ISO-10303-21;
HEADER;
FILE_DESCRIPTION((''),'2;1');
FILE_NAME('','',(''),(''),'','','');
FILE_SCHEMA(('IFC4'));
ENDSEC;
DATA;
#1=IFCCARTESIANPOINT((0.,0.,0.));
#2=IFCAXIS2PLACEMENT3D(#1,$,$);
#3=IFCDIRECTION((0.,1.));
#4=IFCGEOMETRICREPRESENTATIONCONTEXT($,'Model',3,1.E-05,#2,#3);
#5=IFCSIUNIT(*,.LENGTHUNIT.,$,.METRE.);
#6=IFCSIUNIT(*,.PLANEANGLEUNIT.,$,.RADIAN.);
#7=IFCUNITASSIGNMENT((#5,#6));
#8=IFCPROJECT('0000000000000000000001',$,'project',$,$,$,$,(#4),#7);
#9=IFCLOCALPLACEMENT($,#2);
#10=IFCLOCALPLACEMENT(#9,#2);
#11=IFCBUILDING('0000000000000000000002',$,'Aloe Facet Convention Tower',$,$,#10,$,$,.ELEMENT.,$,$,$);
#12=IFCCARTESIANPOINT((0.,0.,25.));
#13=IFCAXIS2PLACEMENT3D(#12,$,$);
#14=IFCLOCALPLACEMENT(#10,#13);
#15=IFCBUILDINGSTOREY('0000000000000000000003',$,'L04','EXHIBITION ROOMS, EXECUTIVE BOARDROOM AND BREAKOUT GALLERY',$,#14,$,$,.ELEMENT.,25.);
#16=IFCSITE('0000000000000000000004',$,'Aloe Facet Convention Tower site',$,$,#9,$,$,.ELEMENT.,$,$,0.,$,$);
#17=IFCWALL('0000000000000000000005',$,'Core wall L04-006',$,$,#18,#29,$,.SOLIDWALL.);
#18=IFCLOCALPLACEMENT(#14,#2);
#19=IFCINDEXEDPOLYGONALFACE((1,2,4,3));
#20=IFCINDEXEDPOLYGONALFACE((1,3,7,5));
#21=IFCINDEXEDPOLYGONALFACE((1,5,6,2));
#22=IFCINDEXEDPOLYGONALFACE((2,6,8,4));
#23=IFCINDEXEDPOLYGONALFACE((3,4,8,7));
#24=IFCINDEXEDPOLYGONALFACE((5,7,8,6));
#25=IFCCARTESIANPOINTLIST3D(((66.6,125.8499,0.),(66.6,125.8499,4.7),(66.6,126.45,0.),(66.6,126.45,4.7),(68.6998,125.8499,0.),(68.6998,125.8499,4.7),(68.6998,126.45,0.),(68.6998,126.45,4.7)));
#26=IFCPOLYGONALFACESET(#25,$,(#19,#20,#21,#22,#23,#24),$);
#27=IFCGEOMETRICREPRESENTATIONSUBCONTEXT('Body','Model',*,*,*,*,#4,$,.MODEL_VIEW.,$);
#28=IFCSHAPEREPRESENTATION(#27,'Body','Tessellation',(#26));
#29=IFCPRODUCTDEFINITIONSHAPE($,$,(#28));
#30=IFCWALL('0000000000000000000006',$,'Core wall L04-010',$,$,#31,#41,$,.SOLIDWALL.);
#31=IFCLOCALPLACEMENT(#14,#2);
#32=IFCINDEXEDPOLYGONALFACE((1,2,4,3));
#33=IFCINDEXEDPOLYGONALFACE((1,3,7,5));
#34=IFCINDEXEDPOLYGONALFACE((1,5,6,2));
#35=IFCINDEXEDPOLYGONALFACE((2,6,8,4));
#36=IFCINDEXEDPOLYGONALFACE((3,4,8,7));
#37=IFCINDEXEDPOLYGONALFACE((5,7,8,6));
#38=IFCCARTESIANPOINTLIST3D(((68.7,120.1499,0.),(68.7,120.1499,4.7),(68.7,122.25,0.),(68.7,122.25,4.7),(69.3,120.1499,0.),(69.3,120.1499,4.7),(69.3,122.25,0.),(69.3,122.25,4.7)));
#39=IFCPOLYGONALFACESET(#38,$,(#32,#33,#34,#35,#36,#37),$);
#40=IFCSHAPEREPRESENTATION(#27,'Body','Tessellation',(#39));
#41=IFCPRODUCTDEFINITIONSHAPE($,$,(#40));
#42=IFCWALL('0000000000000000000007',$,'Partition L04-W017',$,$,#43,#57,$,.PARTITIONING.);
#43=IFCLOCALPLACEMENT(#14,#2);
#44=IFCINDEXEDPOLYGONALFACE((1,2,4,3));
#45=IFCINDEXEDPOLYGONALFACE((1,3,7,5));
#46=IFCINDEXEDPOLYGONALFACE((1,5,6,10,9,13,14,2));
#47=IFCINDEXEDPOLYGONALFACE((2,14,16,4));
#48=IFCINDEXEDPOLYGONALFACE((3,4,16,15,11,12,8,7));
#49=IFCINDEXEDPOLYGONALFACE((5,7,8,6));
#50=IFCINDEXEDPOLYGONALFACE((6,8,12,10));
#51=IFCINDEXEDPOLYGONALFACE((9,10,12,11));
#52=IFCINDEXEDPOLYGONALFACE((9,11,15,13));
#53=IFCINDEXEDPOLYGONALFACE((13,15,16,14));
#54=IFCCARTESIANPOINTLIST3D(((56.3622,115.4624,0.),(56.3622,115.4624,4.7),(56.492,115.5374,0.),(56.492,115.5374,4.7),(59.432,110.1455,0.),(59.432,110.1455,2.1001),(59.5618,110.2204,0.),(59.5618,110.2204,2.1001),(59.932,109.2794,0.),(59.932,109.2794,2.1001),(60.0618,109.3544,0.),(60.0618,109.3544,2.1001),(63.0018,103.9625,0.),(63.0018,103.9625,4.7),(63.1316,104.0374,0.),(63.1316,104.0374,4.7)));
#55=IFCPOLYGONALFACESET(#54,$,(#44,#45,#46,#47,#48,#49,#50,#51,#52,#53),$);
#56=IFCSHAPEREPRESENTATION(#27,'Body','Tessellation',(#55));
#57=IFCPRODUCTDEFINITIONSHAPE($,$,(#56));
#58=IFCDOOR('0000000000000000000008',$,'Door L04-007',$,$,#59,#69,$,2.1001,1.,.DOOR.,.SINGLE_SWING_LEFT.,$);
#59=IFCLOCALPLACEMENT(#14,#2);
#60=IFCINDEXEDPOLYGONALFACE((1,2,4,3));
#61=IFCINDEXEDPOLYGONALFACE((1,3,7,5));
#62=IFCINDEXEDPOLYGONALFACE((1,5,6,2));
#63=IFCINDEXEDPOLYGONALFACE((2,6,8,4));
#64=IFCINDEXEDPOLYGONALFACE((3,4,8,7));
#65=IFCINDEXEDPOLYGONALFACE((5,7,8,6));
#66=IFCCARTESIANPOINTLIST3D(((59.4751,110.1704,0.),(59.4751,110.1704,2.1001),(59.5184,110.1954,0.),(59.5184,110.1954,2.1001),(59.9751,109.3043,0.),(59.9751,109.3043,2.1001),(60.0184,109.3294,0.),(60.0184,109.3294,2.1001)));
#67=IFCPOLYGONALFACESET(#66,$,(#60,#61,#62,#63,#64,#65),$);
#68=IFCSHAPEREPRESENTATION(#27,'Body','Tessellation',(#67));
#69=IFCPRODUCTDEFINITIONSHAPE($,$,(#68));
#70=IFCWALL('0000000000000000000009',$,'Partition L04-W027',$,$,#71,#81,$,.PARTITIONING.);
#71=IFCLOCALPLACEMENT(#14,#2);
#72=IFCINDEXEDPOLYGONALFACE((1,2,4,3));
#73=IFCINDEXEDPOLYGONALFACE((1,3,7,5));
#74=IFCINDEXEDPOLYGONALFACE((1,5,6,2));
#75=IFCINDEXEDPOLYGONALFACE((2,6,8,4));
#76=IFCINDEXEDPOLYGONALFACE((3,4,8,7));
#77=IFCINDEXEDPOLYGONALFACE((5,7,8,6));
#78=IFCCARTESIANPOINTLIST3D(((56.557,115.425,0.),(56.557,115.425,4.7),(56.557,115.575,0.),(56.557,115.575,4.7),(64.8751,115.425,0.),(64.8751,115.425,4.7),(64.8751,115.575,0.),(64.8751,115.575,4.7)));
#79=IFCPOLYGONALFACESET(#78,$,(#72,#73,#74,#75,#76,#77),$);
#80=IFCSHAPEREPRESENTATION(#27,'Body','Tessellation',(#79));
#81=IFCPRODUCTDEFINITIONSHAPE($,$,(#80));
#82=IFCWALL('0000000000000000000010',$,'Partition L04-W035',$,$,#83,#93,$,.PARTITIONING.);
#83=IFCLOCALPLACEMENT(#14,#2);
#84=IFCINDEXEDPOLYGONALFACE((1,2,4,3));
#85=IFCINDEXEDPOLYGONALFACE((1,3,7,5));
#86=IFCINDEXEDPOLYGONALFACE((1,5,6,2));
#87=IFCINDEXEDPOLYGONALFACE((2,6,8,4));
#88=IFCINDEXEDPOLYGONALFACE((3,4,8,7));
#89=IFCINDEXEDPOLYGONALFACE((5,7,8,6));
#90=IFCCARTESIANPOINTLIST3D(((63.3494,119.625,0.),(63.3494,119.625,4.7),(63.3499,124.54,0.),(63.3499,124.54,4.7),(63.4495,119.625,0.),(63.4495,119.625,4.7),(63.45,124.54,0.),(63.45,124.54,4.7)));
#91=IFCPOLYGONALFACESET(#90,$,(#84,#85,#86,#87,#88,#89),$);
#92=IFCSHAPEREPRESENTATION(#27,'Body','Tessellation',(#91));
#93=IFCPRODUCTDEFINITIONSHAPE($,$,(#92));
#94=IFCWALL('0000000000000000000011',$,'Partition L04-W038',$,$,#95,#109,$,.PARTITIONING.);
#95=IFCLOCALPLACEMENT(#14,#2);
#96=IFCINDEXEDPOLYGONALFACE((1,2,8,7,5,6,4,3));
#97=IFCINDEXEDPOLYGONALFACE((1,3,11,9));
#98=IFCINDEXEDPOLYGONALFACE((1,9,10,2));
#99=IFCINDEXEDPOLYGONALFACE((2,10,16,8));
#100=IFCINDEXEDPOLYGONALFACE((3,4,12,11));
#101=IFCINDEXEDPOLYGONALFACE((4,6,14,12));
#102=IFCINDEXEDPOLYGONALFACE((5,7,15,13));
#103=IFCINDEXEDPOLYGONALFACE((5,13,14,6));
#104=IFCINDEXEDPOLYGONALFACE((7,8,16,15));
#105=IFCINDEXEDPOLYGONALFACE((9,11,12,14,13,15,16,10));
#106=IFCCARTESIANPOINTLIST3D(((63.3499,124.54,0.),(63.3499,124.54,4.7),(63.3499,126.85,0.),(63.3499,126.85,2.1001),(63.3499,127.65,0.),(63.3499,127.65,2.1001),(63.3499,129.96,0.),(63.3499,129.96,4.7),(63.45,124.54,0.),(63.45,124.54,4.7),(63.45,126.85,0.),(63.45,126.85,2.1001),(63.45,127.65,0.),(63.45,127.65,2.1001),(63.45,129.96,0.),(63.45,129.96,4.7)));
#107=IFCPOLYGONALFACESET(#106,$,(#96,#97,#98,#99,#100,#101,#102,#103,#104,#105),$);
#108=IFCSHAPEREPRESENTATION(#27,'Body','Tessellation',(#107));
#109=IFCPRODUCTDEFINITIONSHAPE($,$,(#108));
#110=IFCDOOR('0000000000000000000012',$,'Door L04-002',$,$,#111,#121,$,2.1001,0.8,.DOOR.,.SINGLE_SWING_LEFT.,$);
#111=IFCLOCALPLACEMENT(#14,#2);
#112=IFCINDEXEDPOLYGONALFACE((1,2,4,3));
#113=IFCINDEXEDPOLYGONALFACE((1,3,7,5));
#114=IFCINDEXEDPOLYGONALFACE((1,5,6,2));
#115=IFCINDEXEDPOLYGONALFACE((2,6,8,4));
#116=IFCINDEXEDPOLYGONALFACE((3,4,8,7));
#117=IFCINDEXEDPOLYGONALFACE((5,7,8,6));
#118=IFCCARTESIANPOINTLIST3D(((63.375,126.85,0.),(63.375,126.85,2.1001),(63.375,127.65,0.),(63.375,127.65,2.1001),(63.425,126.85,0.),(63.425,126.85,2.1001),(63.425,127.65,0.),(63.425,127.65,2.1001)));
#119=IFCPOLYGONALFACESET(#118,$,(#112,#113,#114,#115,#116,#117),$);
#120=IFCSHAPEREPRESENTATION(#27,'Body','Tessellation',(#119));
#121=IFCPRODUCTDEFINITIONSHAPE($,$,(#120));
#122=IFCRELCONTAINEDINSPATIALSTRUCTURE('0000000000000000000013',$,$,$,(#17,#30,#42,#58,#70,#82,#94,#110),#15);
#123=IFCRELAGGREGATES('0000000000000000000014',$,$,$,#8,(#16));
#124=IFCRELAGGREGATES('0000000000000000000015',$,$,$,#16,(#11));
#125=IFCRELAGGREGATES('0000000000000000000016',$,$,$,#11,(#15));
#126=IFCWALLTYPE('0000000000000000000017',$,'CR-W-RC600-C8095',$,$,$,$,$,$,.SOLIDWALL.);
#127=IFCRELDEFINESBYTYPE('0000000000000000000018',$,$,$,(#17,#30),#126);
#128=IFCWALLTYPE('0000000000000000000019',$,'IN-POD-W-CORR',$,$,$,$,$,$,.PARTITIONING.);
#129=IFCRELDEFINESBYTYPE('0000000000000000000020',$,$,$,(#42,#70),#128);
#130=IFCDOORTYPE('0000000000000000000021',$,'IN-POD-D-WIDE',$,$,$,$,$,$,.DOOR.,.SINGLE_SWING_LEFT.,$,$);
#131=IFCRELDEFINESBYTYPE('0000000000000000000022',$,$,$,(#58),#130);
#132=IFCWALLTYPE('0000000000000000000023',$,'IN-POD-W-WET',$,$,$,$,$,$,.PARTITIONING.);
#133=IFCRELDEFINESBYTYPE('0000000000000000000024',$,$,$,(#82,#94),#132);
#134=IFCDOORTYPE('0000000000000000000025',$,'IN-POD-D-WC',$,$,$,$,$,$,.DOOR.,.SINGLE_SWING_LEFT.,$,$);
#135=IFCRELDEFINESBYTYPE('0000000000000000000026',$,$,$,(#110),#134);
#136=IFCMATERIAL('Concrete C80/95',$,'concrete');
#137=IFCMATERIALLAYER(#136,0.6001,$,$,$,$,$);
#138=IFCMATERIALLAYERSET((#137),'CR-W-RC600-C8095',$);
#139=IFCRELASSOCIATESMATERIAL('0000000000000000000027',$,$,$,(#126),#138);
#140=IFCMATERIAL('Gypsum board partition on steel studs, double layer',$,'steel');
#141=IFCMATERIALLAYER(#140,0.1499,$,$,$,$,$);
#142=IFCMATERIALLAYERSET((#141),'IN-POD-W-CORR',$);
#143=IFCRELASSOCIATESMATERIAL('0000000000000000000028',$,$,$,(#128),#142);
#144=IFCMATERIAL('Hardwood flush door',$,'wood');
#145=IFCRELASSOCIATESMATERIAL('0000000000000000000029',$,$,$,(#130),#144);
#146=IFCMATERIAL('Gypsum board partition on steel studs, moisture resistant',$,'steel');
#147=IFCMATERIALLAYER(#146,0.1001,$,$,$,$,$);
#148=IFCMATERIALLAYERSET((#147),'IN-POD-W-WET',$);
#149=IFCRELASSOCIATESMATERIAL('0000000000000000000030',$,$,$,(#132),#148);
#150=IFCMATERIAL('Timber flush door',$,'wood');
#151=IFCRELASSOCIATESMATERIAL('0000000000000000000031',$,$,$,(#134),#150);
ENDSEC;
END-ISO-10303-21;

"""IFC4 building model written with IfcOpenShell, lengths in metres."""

from ifc_helpers import new_model, si_unit, direction, frame, frame_2d, origin, place, context, subcontext, project, spatial, rectangle, extrude, material, layer, layer_set, type_object, element, fill, save


model = new_model("IFC4")

# Units and contexts
model_context = context("Model", 3, precision=1e-05, world=origin(), true_north=direction((0.0, 1.0)))
body_context = subcontext(model_context, "Body", "Model", "MODEL_VIEW")
ifc_project = project(units=[si_unit("LENGTHUNIT", "METRE"), si_unit("PLANEANGLEUNIT", "RADIAN")], contexts=[model_context])

# Site, building, storey
site_placement = place(None, origin())
site = spatial("IfcSite", under=ifc_project, at=site_placement, Name="Aloe Facet Convention Tower site", CompositionType="ELEMENT", RefElevation=0.0)
building_placement = place(site_placement, origin())
building = spatial("IfcBuilding", under=site, at=building_placement, Name="Aloe Facet Convention Tower", CompositionType="ELEMENT")
storey_placement = place(building_placement, frame((0.0, 0.0, 25.0)))
storey = spatial("IfcBuildingStorey", under=building, at=storey_placement, Name="L04", Description="EXHIBITION ROOMS, EXECUTIVE BOARDROOM AND BREAKOUT GALLERY", CompositionType="ELEMENT", Elevation=25.0)

# Shared definitions
ifc_material_1 = material(Name="Concrete C80/95", Category="concrete")
ifc_layer_1 = layer(ifc_material_1, 0.6001)
ifc_layer_set_1 = layer_set([ifc_layer_1], Name="CR-W-RC600-C8095")
wall_type_1 = type_object("IfcWallType", Name="CR-W-RC600-C8095", PredefinedType="SOLIDWALL", material=ifc_layer_set_1)

# Walls
wall_1_placement = place(storey_placement, frame((66.6001, 126.1499, 0.0), z_axis=(0.0, 0.0, 1.0), x_axis=(1.0, 0.0, 0.0)))
element("IfcWall", 1, at=wall_1_placement, inside=storey, type_object=wall_type_1, Name="Core wall L04-006", PredefinedType="SOLIDWALL", context=body_context, shape_type="SweptSolid", body=[
    extrude(rectangle(XDim=2.0999, YDim=0.6001, at=frame_2d((1.0498, 0.0))), origin(), (0.0, 0.0, 1.0), 4.7),
])
wall_2_placement = place(storey_placement, frame((69.0, 122.25, 0.0), z_axis=(0.0, 0.0, 1.0), x_axis=(0.0, -1.0, 0.0)))
element("IfcWall", 2, at=wall_2_placement, inside=storey, type_object=wall_type_1, Name="Core wall L04-010", PredefinedType="SOLIDWALL", context=body_context, shape_type="SweptSolid", body=[
    extrude(rectangle(XDim=2.1001, YDim=0.6001, at=frame_2d((1.05, 0.0))), origin(), (0.0, 0.0, 1.0), 4.7),
])

# Wall, opening, door
ifc_material_2 = material(Name="Gypsum board partition on steel studs, double layer", Category="steel")
ifc_layer_2 = layer(ifc_material_2, 0.1499)
ifc_layer_set_2 = layer_set([ifc_layer_2], Name="IN-POD-W-CORR")
wall_type_2 = type_object("IfcWallType", Name="IN-POD-W-CORR", PredefinedType="PARTITIONING", material=ifc_layer_set_2)
wall_3_placement = place(storey_placement, frame((56.427, 115.5, 0.0), z_axis=(0.0, 0.0, 1.0), x_axis=(0.500007, -0.866021, 0.0)))
wall_3 = element("IfcWall", 3, at=wall_3_placement, inside=storey, type_object=wall_type_2, Name="Partition L04-W017", PredefinedType="PARTITIONING", context=body_context, shape_type="SweptSolid", body=[
    extrude(rectangle(XDim=13.2791, YDim=0.1499, at=frame_2d((6.6396, 0.0))), origin(), (0.0, 0.0, 1.0), 4.7),
])
opening_1_placement = place(wall_3_placement, frame((6.1396, 0.0, 0.0)))
opening_1 = element("IfcOpeningElement", 4, at=opening_1_placement, cuts=wall_3, PredefinedType="OPENING", context=body_context, shape_type="SweptSolid", body=[
    extrude(rectangle(XDim=1.0, YDim=2.1001, at=frame_2d((0.5, 1.05))), frame((0.0, 0.085, 0.0), z_axis=(0.0, -1.0, 0.0), x_axis=(1.0, 0.0, 0.0)), (0.0, 0.0, 1.0), 0.1699),
])
ifc_material_3 = material(Name="Hardwood flush door", Category="wood")
door_type_1 = type_object("IfcDoorType", Name="IN-POD-D-WIDE", OperationType="SINGLE_SWING_LEFT", PredefinedType="DOOR", material=ifc_material_3)
door_1_placement = place(opening_1_placement, origin())
door_1 = element("IfcDoor", 5, at=door_1_placement, inside=storey, type_object=door_type_1, Name="Door L04-007", OperationType="SINGLE_SWING_LEFT", OverallHeight=2.1001, OverallWidth=1.0, PredefinedType="DOOR", context=body_context, shape_type="SweptSolid", body=[
    extrude(rectangle(XDim=1.0, YDim=2.1001, at=frame_2d((0.5, 1.05))), frame((0.0, 0.0249, 0.0), z_axis=(0.0, -1.0, 0.0), x_axis=(1.0, 0.0, 0.0)), (0.0, 0.0, 1.0), 0.05),
])
fill(opening_1, door_1)

# Walls
wall_4_placement = place(storey_placement, frame((56.5569, 115.5, 0.0), z_axis=(0.0, 0.0, 1.0), x_axis=(1.0, 0.0, 0.0)))
element("IfcWall", 6, at=wall_4_placement, inside=storey, type_object=wall_type_2, Name="Partition L04-W027", PredefinedType="PARTITIONING", context=body_context, shape_type="SweptSolid", body=[
    extrude(rectangle(XDim=8.3181, YDim=0.1499, at=frame_2d((4.1592, 0.0))), origin(), (0.0, 0.0, 1.0), 4.7),
])
ifc_material_4 = material(Name="Gypsum board partition on steel studs, moisture resistant", Category="steel")
ifc_layer_3 = layer(ifc_material_4, 0.1001)
ifc_layer_set_3 = layer_set([ifc_layer_3], Name="IN-POD-W-WET")
wall_type_3 = type_object("IfcWallType", Name="IN-POD-W-WET", PredefinedType="PARTITIONING", material=ifc_layer_set_3)
wall_5_placement = place(storey_placement, frame((63.3994, 119.625, 0.0), z_axis=(0.0, 0.0, 1.0), x_axis=(0.000099, 1.0, 0.0)))
element("IfcWall", 7, at=wall_5_placement, inside=storey, type_object=wall_type_3, Name="Partition L04-W035", PredefinedType="PARTITIONING", context=body_context, shape_type="SweptSolid", body=[
    extrude(rectangle(XDim=4.915, YDim=0.1001, at=frame_2d((2.4575, 0.0))), origin(), (0.0, 0.0, 1.0), 4.7),
])

# Wall, opening, door
wall_6_placement = place(storey_placement, frame((63.3999, 124.54, 0.0), z_axis=(0.0, 0.0, 1.0), x_axis=(0.0, 1.0, 0.0)))
wall_6 = element("IfcWall", 8, at=wall_6_placement, inside=storey, type_object=wall_type_3, Name="Partition L04-W038", PredefinedType="PARTITIONING", context=body_context, shape_type="SweptSolid", body=[
    extrude(rectangle(XDim=5.4199, YDim=0.1001, at=frame_2d((2.71, 0.0))), origin(), (0.0, 0.0, 1.0), 4.7),
])
opening_2_placement = place(wall_6_placement, frame((2.3101, 0.0, 0.0)))
opening_2 = element("IfcOpeningElement", 9, at=opening_2_placement, cuts=wall_6, PredefinedType="OPENING", context=body_context, shape_type="SweptSolid", body=[
    extrude(rectangle(XDim=0.8, YDim=2.1001, at=frame_2d((0.3999, 1.05))), frame((0.0, 0.0601, 0.0), z_axis=(0.0, -1.0, 0.0), x_axis=(1.0, 0.0, 0.0)), (0.0, 0.0, 1.0), 0.1201),
])
ifc_material_5 = material(Name="Timber flush door", Category="wood")
door_type_2 = type_object("IfcDoorType", Name="IN-POD-D-WC", OperationType="SINGLE_SWING_LEFT", PredefinedType="DOOR", material=ifc_material_5)
door_2_placement = place(opening_2_placement, origin())
door_2 = element("IfcDoor", 10, at=door_2_placement, inside=storey, type_object=door_type_2, Name="Door L04-002", OperationType="SINGLE_SWING_LEFT", OverallHeight=2.1001, OverallWidth=0.8, PredefinedType="DOOR", context=body_context, shape_type="SweptSolid", body=[
    extrude(rectangle(XDim=0.8, YDim=2.1001, at=frame_2d((0.3999, 1.05))), frame((0.0, 0.0249, 0.0), z_axis=(0.0, -1.0, 0.0), x_axis=(1.0, 0.0, 0.0)), (0.0, 0.0, 1.0), 0.05),
])
fill(opening_2, door_2)

save(model, "model.ifc")
